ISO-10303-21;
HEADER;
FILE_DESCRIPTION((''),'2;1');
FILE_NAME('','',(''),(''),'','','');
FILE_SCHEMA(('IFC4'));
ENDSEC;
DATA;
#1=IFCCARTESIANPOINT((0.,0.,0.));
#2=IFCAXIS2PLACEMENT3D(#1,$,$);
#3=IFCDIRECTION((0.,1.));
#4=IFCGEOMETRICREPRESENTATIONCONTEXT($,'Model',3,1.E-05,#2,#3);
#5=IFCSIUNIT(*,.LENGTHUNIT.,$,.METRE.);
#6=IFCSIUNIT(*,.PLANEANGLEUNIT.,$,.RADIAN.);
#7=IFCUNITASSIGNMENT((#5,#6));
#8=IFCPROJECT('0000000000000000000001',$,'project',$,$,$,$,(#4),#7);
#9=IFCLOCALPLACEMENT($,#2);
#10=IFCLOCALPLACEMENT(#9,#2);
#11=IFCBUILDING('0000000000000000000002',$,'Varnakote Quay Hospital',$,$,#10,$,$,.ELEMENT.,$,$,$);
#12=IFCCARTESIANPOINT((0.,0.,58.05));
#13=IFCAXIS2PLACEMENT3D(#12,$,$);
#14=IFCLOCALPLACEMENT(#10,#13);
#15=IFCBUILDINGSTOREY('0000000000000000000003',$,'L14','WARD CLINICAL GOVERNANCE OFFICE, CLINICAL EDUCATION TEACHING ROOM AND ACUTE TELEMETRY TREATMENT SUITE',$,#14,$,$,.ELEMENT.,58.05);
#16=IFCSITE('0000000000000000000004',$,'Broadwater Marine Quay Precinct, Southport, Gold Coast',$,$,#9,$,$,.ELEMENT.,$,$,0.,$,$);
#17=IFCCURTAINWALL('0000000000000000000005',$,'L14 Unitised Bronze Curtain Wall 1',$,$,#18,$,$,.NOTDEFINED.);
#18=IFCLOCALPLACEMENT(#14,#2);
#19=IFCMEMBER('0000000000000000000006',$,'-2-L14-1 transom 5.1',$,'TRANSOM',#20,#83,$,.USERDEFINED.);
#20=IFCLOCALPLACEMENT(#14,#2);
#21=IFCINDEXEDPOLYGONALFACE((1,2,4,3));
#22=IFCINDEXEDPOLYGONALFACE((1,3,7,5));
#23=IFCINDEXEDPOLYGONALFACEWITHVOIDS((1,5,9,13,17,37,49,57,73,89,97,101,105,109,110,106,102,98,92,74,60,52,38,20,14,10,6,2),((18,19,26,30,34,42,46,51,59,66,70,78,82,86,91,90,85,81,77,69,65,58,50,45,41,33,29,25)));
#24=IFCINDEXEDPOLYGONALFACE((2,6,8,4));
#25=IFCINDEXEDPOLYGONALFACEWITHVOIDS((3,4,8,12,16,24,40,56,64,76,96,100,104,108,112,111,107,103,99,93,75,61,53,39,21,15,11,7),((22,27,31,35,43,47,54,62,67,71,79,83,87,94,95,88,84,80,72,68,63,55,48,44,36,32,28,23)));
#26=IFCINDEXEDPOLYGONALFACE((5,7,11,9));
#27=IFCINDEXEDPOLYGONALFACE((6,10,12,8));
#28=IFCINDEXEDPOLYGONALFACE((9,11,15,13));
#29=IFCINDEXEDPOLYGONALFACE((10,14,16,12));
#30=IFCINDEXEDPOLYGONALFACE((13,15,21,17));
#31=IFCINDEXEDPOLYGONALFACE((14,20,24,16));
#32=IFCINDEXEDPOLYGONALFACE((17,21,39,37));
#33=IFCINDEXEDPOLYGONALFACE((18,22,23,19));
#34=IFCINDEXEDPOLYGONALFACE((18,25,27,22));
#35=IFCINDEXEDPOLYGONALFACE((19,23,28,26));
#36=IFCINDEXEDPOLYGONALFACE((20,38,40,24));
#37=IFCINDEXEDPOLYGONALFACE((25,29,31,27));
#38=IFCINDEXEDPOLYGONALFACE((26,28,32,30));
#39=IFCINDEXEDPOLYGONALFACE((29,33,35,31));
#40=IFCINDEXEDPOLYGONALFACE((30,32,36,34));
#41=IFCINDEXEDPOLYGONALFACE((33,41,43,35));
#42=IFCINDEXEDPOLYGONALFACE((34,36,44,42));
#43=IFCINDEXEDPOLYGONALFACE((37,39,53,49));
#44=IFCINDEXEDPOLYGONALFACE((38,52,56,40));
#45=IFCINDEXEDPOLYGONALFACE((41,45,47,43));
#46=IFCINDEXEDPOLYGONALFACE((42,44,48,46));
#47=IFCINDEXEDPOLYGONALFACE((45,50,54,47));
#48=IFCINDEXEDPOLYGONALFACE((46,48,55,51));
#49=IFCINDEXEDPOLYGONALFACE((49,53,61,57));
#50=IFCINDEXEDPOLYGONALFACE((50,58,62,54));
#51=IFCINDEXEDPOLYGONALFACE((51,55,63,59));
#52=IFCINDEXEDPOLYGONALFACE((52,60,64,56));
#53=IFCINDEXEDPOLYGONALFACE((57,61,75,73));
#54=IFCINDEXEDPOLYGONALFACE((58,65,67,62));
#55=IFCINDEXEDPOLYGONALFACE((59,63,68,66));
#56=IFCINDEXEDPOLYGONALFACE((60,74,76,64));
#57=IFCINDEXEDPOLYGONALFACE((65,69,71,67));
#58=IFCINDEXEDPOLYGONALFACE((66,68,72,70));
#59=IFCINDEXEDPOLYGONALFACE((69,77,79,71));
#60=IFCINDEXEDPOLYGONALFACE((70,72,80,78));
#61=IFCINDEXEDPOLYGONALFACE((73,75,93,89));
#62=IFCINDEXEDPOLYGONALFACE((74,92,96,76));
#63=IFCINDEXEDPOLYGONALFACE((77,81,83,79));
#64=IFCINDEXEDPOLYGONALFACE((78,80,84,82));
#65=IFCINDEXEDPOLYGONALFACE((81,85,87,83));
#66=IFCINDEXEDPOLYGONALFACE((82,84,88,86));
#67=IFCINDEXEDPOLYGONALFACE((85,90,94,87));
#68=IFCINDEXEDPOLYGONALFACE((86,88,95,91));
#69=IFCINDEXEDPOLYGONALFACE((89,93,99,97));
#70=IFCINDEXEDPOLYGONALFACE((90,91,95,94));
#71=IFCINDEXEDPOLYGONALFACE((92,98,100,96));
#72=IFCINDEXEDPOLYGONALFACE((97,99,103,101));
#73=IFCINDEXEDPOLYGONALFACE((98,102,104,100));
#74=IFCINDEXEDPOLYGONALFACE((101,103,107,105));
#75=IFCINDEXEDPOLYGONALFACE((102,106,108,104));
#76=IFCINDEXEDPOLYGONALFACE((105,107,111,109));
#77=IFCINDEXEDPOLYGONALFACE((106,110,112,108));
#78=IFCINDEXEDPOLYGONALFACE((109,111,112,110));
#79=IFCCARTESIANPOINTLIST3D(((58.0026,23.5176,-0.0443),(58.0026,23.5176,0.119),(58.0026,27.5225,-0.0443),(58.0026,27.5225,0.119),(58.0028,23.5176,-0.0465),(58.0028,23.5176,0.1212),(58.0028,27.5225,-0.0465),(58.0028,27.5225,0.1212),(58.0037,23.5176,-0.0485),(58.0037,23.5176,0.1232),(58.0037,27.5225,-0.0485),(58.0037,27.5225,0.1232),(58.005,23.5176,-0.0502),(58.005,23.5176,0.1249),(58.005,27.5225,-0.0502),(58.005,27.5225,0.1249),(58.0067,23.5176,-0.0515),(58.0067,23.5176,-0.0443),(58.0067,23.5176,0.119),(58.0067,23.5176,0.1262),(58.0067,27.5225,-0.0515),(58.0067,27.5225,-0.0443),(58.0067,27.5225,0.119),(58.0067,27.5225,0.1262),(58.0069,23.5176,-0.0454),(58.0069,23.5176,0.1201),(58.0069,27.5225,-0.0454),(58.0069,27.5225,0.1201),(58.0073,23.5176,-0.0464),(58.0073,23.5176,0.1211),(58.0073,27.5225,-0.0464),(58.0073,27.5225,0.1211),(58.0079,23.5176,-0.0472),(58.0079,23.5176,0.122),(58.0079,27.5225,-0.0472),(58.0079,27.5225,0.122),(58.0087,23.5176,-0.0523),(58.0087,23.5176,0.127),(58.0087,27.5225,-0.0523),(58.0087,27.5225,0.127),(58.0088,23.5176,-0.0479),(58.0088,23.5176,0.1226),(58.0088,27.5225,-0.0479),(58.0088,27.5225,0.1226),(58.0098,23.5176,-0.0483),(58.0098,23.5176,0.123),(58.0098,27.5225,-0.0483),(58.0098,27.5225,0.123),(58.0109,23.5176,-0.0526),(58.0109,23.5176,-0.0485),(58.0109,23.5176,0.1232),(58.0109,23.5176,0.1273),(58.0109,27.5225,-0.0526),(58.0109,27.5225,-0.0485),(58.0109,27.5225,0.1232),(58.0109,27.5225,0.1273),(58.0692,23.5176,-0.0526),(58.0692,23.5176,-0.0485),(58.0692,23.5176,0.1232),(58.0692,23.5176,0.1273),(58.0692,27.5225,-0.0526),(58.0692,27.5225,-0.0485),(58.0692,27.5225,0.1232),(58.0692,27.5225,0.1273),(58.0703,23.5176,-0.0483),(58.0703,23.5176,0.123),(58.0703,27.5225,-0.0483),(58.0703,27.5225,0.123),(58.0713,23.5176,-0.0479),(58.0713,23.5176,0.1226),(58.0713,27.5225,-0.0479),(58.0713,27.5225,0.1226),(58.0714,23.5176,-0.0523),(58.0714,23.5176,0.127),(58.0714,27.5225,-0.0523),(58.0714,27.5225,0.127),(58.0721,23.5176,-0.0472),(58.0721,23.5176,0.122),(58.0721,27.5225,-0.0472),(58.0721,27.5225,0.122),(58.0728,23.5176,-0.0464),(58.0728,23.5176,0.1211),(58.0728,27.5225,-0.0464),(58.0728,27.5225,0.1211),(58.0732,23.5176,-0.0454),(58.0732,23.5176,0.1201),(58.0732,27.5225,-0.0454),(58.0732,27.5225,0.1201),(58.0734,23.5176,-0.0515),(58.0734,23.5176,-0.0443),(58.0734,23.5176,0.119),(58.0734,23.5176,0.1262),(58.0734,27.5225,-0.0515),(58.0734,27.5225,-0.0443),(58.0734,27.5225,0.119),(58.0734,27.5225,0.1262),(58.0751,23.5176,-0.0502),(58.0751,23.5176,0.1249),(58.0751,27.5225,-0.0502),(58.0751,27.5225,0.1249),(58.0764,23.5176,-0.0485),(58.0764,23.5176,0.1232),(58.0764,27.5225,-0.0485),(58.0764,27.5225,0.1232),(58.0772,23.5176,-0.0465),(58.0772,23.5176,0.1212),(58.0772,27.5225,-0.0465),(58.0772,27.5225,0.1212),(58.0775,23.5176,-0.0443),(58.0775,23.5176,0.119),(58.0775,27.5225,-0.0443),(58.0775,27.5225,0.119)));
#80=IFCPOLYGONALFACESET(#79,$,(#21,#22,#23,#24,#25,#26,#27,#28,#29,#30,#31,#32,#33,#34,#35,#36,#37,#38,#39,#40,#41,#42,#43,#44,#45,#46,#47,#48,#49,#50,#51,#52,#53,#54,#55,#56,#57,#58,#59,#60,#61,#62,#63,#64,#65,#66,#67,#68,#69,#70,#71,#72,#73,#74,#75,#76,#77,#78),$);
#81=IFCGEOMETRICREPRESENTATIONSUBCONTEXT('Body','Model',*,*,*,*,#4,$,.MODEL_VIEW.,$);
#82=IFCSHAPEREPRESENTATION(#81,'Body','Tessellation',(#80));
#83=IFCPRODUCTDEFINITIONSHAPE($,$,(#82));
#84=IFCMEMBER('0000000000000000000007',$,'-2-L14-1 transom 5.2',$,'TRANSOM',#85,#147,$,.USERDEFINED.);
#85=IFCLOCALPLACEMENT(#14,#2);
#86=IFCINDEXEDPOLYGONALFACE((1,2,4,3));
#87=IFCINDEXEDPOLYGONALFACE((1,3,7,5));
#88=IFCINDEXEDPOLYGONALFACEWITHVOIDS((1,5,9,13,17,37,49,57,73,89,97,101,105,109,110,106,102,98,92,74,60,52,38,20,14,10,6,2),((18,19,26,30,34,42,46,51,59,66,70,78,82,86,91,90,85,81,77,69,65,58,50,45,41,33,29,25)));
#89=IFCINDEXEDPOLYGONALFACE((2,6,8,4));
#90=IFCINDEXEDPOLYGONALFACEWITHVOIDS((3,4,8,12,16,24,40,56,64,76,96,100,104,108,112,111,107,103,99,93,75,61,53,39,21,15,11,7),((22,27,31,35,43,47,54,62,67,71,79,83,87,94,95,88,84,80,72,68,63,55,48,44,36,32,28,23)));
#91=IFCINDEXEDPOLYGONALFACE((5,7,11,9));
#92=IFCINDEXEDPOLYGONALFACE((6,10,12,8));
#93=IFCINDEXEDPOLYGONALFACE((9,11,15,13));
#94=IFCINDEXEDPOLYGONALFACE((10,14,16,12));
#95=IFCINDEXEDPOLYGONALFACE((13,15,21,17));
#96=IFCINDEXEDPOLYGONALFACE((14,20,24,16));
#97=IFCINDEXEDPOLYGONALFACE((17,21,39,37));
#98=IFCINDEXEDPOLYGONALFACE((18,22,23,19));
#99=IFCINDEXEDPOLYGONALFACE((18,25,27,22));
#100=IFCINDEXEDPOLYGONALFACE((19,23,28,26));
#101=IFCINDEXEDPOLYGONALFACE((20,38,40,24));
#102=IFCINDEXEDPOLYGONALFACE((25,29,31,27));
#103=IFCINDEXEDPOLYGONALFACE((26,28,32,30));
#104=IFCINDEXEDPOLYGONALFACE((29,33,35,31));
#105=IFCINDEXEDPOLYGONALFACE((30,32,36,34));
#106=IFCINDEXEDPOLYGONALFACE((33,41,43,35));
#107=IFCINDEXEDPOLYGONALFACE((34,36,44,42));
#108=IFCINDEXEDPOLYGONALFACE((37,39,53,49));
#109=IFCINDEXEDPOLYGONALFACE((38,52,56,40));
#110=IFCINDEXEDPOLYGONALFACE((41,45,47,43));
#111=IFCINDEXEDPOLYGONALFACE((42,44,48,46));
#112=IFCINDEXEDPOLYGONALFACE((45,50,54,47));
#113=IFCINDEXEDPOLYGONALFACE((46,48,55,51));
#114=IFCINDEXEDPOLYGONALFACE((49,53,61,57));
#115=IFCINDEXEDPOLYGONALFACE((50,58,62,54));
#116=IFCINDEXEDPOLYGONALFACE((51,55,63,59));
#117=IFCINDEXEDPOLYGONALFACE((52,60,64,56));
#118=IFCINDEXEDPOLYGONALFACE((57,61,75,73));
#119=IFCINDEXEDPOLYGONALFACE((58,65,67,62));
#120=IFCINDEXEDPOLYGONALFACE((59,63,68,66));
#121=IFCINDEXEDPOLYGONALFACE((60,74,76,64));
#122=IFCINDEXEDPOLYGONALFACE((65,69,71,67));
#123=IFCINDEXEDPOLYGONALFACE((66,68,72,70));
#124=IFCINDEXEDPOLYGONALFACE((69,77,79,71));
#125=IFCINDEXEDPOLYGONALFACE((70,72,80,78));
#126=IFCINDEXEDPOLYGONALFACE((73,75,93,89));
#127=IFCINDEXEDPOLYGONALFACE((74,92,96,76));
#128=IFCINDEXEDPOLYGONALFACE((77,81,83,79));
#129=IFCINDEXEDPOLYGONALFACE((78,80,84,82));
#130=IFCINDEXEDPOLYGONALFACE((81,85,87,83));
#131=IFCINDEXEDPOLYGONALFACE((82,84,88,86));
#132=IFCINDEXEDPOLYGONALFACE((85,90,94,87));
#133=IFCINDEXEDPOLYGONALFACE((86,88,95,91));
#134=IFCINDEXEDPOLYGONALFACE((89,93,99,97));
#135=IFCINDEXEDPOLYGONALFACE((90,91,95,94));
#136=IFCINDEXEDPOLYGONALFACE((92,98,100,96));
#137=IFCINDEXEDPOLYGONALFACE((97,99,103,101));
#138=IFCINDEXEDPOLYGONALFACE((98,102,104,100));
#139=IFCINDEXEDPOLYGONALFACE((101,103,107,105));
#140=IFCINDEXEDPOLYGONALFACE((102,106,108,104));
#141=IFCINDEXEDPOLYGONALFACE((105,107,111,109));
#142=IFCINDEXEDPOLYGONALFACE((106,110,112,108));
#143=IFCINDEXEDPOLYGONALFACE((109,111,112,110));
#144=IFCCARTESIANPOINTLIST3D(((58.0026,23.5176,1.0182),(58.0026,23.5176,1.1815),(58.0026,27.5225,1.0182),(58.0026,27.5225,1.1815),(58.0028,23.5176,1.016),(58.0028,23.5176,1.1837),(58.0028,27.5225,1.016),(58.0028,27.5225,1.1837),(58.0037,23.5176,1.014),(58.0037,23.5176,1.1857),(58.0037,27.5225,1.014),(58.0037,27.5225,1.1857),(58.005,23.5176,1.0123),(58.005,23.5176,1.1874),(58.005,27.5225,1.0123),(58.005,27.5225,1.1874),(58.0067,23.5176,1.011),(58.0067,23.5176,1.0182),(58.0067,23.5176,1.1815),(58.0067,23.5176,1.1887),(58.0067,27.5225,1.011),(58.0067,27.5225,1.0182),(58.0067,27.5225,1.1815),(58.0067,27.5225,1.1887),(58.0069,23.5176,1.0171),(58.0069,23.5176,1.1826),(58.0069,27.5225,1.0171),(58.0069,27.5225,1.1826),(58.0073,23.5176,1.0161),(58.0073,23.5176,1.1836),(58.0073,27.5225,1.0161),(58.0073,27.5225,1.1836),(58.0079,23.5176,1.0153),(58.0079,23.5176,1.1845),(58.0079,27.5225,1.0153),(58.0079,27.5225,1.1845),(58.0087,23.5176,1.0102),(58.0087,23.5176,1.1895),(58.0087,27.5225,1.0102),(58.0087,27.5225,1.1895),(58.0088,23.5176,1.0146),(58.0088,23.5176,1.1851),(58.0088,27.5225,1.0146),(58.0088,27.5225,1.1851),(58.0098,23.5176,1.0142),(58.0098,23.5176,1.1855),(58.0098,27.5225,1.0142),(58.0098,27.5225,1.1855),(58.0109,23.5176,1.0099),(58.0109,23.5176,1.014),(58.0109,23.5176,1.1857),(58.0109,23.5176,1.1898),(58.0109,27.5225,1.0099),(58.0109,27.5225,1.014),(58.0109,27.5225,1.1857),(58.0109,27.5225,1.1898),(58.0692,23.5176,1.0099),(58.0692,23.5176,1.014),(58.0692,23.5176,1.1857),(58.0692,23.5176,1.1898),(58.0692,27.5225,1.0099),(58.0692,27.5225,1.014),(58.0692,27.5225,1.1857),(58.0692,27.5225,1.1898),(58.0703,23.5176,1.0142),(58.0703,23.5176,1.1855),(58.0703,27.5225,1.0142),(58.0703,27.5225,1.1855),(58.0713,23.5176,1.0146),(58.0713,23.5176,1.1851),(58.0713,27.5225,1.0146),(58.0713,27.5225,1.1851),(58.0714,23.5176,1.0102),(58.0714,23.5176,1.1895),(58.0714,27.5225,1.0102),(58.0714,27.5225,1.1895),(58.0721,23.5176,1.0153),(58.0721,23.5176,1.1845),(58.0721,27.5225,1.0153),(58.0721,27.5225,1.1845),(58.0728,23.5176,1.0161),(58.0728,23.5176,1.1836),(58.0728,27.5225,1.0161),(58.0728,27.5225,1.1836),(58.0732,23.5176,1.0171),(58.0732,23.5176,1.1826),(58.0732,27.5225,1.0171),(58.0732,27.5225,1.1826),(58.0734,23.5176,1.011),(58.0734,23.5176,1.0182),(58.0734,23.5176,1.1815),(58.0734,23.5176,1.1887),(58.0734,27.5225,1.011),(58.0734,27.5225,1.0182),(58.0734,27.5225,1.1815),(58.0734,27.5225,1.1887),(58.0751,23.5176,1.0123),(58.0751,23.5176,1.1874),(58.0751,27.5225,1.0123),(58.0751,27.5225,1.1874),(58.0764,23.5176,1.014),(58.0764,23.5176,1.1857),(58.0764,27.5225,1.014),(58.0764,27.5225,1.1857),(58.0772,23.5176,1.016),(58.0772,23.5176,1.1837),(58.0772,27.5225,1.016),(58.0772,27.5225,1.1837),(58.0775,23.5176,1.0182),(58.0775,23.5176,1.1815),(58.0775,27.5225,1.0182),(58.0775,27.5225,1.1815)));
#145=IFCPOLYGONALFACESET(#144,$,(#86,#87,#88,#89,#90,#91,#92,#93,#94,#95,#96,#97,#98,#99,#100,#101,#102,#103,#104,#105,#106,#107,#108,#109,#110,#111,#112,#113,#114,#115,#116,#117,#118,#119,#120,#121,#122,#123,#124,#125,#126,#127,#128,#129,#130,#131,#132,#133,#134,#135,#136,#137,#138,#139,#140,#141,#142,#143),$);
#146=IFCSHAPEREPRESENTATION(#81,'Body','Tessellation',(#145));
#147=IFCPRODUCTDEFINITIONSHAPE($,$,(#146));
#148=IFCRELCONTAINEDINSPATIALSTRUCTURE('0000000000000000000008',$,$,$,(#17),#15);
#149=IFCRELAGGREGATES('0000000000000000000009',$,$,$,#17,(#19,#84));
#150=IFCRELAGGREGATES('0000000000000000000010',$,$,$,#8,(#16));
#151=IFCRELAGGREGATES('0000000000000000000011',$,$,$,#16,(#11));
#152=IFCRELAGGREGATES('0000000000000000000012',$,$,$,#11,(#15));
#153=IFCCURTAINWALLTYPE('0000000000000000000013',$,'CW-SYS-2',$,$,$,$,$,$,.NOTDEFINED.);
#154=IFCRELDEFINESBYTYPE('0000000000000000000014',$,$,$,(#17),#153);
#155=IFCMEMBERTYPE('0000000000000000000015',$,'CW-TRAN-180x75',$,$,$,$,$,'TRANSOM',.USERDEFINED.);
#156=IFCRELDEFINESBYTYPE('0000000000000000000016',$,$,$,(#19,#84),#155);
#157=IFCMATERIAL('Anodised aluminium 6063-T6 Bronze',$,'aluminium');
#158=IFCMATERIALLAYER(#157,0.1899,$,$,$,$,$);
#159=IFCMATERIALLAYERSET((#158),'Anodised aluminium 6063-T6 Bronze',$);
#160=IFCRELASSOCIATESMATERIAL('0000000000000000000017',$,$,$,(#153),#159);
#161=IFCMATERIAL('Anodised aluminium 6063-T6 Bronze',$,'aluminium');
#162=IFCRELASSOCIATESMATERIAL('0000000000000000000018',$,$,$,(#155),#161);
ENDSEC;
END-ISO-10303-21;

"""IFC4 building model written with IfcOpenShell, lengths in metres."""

from ifc_helpers import new_model, si_unit, direction, frame, origin, origin_2d, place, context, subcontext, project, spatial, hollow_rectangle, extrude, material, layer, layer_set, material_profile, profile_set, type_object, element, aggregate, save


model = new_model("IFC4")

# Units and contexts
model_context = context("Model", 3, precision=1e-05, world=origin(), true_north=direction((0.0, 1.0)))
body_context = subcontext(model_context, "Body", "Model", "MODEL_VIEW")
ifc_project = project(units=[si_unit("LENGTHUNIT", "METRE"), si_unit("PLANEANGLEUNIT", "RADIAN")], contexts=[model_context])

# Site, building, storey
site_placement = place(None, origin())
site = spatial("IfcSite", under=ifc_project, at=site_placement, Name="Broadwater Marine Quay Precinct, Southport, Gold Coast", CompositionType="ELEMENT", RefElevation=0.0)
building_placement = place(site_placement, origin())
building = spatial("IfcBuilding", under=site, at=building_placement, Name="Varnakote Quay Hospital", CompositionType="ELEMENT")
storey_placement = place(building_placement, frame((0.0, 0.0, 58.05)))
storey = spatial("IfcBuildingStorey", under=building, at=storey_placement, Name="L14", Description="WARD CLINICAL GOVERNANCE OFFICE, CLINICAL EDUCATION TEACHING ROOM AND ACUTE TELEMETRY TREATMENT SUITE", CompositionType="ELEMENT", Elevation=58.05)

# Curtain wall, members
ifc_material_1 = material(Name="Anodised aluminium 6063-T6 Bronze", Category="aluminium")
ifc_layer_1 = layer(ifc_material_1, 0.1899)
ifc_layer_set_1 = layer_set([ifc_layer_1], Name="Anodised aluminium 6063-T6 Bronze")
curtain_wall_type = type_object("IfcCurtainWallType", Name="CW-SYS-2", PredefinedType="NOTDEFINED", material=ifc_layer_set_1)
curtain_wall_placement = place(storey_placement, origin())
curtain_wall = element("IfcCurtainWall", 1, at=curtain_wall_placement, inside=storey, type_object=curtain_wall_type, Name="L14 Unitised Bronze Curtain Wall 1", PredefinedType="NOTDEFINED")
ifc_material_2 = material(Name="Anodised aluminium 6063-T6 Bronze", Category="aluminium")
ifc_material_profile_1 = material_profile(ifc_material_2, hollow_rectangle(XDim=0.075, YDim=0.1799, WallThickness=0.0042, InnerFilletRadius=0.0042, OuterFilletRadius=0.0083, at=origin_2d()), Name="CW-TRAN-180x75")
ifc_profile_set_1 = profile_set([ifc_material_profile_1], Name="Anodised aluminium 6063-T6 Bronze")
member_type_1 = type_object("IfcMemberType", Name="CW-TRAN-180x75", ElementType="TRANSOM", PredefinedType="USERDEFINED", material=ifc_profile_set_1)
member_1_placement = place(storey_placement, frame((58.04, 23.5176, 0.0374), z_axis=(0.0, 1.0, 0.0), x_axis=(-1.0, 0.0, 0.0)))
member_1 = element("IfcMember", 2, at=member_1_placement, type_object=member_type_1, Name="-2-L14-1 transom 5.1", ObjectType="TRANSOM", PredefinedType="USERDEFINED", context=body_context, shape_type="SweptSolid", body=[
    extrude(hollow_rectangle(XDim=0.075, YDim=0.1799, WallThickness=0.0042, InnerFilletRadius=0.0042, OuterFilletRadius=0.0083, at=origin_2d()), origin(), (0.0, 0.0, 1.0), 4.0049),
])
member_2_placement = place(storey_placement, frame((58.04, 23.5176, 1.0999), z_axis=(0.0, 1.0, 0.0), x_axis=(-1.0, 0.0, 0.0)))
member_2 = element("IfcMember", 3, at=member_2_placement, type_object=member_type_1, Name="-2-L14-1 transom 5.2", ObjectType="TRANSOM", PredefinedType="USERDEFINED", context=body_context, shape_type="SweptSolid", body=[
    extrude(hollow_rectangle(XDim=0.075, YDim=0.1799, WallThickness=0.0042, InnerFilletRadius=0.0042, OuterFilletRadius=0.0083, at=origin_2d()), origin(), (0.0, 0.0, 1.0), 4.0049),
])
aggregate(curtain_wall, [member_1, member_2])

save(model, "model.ifc")
